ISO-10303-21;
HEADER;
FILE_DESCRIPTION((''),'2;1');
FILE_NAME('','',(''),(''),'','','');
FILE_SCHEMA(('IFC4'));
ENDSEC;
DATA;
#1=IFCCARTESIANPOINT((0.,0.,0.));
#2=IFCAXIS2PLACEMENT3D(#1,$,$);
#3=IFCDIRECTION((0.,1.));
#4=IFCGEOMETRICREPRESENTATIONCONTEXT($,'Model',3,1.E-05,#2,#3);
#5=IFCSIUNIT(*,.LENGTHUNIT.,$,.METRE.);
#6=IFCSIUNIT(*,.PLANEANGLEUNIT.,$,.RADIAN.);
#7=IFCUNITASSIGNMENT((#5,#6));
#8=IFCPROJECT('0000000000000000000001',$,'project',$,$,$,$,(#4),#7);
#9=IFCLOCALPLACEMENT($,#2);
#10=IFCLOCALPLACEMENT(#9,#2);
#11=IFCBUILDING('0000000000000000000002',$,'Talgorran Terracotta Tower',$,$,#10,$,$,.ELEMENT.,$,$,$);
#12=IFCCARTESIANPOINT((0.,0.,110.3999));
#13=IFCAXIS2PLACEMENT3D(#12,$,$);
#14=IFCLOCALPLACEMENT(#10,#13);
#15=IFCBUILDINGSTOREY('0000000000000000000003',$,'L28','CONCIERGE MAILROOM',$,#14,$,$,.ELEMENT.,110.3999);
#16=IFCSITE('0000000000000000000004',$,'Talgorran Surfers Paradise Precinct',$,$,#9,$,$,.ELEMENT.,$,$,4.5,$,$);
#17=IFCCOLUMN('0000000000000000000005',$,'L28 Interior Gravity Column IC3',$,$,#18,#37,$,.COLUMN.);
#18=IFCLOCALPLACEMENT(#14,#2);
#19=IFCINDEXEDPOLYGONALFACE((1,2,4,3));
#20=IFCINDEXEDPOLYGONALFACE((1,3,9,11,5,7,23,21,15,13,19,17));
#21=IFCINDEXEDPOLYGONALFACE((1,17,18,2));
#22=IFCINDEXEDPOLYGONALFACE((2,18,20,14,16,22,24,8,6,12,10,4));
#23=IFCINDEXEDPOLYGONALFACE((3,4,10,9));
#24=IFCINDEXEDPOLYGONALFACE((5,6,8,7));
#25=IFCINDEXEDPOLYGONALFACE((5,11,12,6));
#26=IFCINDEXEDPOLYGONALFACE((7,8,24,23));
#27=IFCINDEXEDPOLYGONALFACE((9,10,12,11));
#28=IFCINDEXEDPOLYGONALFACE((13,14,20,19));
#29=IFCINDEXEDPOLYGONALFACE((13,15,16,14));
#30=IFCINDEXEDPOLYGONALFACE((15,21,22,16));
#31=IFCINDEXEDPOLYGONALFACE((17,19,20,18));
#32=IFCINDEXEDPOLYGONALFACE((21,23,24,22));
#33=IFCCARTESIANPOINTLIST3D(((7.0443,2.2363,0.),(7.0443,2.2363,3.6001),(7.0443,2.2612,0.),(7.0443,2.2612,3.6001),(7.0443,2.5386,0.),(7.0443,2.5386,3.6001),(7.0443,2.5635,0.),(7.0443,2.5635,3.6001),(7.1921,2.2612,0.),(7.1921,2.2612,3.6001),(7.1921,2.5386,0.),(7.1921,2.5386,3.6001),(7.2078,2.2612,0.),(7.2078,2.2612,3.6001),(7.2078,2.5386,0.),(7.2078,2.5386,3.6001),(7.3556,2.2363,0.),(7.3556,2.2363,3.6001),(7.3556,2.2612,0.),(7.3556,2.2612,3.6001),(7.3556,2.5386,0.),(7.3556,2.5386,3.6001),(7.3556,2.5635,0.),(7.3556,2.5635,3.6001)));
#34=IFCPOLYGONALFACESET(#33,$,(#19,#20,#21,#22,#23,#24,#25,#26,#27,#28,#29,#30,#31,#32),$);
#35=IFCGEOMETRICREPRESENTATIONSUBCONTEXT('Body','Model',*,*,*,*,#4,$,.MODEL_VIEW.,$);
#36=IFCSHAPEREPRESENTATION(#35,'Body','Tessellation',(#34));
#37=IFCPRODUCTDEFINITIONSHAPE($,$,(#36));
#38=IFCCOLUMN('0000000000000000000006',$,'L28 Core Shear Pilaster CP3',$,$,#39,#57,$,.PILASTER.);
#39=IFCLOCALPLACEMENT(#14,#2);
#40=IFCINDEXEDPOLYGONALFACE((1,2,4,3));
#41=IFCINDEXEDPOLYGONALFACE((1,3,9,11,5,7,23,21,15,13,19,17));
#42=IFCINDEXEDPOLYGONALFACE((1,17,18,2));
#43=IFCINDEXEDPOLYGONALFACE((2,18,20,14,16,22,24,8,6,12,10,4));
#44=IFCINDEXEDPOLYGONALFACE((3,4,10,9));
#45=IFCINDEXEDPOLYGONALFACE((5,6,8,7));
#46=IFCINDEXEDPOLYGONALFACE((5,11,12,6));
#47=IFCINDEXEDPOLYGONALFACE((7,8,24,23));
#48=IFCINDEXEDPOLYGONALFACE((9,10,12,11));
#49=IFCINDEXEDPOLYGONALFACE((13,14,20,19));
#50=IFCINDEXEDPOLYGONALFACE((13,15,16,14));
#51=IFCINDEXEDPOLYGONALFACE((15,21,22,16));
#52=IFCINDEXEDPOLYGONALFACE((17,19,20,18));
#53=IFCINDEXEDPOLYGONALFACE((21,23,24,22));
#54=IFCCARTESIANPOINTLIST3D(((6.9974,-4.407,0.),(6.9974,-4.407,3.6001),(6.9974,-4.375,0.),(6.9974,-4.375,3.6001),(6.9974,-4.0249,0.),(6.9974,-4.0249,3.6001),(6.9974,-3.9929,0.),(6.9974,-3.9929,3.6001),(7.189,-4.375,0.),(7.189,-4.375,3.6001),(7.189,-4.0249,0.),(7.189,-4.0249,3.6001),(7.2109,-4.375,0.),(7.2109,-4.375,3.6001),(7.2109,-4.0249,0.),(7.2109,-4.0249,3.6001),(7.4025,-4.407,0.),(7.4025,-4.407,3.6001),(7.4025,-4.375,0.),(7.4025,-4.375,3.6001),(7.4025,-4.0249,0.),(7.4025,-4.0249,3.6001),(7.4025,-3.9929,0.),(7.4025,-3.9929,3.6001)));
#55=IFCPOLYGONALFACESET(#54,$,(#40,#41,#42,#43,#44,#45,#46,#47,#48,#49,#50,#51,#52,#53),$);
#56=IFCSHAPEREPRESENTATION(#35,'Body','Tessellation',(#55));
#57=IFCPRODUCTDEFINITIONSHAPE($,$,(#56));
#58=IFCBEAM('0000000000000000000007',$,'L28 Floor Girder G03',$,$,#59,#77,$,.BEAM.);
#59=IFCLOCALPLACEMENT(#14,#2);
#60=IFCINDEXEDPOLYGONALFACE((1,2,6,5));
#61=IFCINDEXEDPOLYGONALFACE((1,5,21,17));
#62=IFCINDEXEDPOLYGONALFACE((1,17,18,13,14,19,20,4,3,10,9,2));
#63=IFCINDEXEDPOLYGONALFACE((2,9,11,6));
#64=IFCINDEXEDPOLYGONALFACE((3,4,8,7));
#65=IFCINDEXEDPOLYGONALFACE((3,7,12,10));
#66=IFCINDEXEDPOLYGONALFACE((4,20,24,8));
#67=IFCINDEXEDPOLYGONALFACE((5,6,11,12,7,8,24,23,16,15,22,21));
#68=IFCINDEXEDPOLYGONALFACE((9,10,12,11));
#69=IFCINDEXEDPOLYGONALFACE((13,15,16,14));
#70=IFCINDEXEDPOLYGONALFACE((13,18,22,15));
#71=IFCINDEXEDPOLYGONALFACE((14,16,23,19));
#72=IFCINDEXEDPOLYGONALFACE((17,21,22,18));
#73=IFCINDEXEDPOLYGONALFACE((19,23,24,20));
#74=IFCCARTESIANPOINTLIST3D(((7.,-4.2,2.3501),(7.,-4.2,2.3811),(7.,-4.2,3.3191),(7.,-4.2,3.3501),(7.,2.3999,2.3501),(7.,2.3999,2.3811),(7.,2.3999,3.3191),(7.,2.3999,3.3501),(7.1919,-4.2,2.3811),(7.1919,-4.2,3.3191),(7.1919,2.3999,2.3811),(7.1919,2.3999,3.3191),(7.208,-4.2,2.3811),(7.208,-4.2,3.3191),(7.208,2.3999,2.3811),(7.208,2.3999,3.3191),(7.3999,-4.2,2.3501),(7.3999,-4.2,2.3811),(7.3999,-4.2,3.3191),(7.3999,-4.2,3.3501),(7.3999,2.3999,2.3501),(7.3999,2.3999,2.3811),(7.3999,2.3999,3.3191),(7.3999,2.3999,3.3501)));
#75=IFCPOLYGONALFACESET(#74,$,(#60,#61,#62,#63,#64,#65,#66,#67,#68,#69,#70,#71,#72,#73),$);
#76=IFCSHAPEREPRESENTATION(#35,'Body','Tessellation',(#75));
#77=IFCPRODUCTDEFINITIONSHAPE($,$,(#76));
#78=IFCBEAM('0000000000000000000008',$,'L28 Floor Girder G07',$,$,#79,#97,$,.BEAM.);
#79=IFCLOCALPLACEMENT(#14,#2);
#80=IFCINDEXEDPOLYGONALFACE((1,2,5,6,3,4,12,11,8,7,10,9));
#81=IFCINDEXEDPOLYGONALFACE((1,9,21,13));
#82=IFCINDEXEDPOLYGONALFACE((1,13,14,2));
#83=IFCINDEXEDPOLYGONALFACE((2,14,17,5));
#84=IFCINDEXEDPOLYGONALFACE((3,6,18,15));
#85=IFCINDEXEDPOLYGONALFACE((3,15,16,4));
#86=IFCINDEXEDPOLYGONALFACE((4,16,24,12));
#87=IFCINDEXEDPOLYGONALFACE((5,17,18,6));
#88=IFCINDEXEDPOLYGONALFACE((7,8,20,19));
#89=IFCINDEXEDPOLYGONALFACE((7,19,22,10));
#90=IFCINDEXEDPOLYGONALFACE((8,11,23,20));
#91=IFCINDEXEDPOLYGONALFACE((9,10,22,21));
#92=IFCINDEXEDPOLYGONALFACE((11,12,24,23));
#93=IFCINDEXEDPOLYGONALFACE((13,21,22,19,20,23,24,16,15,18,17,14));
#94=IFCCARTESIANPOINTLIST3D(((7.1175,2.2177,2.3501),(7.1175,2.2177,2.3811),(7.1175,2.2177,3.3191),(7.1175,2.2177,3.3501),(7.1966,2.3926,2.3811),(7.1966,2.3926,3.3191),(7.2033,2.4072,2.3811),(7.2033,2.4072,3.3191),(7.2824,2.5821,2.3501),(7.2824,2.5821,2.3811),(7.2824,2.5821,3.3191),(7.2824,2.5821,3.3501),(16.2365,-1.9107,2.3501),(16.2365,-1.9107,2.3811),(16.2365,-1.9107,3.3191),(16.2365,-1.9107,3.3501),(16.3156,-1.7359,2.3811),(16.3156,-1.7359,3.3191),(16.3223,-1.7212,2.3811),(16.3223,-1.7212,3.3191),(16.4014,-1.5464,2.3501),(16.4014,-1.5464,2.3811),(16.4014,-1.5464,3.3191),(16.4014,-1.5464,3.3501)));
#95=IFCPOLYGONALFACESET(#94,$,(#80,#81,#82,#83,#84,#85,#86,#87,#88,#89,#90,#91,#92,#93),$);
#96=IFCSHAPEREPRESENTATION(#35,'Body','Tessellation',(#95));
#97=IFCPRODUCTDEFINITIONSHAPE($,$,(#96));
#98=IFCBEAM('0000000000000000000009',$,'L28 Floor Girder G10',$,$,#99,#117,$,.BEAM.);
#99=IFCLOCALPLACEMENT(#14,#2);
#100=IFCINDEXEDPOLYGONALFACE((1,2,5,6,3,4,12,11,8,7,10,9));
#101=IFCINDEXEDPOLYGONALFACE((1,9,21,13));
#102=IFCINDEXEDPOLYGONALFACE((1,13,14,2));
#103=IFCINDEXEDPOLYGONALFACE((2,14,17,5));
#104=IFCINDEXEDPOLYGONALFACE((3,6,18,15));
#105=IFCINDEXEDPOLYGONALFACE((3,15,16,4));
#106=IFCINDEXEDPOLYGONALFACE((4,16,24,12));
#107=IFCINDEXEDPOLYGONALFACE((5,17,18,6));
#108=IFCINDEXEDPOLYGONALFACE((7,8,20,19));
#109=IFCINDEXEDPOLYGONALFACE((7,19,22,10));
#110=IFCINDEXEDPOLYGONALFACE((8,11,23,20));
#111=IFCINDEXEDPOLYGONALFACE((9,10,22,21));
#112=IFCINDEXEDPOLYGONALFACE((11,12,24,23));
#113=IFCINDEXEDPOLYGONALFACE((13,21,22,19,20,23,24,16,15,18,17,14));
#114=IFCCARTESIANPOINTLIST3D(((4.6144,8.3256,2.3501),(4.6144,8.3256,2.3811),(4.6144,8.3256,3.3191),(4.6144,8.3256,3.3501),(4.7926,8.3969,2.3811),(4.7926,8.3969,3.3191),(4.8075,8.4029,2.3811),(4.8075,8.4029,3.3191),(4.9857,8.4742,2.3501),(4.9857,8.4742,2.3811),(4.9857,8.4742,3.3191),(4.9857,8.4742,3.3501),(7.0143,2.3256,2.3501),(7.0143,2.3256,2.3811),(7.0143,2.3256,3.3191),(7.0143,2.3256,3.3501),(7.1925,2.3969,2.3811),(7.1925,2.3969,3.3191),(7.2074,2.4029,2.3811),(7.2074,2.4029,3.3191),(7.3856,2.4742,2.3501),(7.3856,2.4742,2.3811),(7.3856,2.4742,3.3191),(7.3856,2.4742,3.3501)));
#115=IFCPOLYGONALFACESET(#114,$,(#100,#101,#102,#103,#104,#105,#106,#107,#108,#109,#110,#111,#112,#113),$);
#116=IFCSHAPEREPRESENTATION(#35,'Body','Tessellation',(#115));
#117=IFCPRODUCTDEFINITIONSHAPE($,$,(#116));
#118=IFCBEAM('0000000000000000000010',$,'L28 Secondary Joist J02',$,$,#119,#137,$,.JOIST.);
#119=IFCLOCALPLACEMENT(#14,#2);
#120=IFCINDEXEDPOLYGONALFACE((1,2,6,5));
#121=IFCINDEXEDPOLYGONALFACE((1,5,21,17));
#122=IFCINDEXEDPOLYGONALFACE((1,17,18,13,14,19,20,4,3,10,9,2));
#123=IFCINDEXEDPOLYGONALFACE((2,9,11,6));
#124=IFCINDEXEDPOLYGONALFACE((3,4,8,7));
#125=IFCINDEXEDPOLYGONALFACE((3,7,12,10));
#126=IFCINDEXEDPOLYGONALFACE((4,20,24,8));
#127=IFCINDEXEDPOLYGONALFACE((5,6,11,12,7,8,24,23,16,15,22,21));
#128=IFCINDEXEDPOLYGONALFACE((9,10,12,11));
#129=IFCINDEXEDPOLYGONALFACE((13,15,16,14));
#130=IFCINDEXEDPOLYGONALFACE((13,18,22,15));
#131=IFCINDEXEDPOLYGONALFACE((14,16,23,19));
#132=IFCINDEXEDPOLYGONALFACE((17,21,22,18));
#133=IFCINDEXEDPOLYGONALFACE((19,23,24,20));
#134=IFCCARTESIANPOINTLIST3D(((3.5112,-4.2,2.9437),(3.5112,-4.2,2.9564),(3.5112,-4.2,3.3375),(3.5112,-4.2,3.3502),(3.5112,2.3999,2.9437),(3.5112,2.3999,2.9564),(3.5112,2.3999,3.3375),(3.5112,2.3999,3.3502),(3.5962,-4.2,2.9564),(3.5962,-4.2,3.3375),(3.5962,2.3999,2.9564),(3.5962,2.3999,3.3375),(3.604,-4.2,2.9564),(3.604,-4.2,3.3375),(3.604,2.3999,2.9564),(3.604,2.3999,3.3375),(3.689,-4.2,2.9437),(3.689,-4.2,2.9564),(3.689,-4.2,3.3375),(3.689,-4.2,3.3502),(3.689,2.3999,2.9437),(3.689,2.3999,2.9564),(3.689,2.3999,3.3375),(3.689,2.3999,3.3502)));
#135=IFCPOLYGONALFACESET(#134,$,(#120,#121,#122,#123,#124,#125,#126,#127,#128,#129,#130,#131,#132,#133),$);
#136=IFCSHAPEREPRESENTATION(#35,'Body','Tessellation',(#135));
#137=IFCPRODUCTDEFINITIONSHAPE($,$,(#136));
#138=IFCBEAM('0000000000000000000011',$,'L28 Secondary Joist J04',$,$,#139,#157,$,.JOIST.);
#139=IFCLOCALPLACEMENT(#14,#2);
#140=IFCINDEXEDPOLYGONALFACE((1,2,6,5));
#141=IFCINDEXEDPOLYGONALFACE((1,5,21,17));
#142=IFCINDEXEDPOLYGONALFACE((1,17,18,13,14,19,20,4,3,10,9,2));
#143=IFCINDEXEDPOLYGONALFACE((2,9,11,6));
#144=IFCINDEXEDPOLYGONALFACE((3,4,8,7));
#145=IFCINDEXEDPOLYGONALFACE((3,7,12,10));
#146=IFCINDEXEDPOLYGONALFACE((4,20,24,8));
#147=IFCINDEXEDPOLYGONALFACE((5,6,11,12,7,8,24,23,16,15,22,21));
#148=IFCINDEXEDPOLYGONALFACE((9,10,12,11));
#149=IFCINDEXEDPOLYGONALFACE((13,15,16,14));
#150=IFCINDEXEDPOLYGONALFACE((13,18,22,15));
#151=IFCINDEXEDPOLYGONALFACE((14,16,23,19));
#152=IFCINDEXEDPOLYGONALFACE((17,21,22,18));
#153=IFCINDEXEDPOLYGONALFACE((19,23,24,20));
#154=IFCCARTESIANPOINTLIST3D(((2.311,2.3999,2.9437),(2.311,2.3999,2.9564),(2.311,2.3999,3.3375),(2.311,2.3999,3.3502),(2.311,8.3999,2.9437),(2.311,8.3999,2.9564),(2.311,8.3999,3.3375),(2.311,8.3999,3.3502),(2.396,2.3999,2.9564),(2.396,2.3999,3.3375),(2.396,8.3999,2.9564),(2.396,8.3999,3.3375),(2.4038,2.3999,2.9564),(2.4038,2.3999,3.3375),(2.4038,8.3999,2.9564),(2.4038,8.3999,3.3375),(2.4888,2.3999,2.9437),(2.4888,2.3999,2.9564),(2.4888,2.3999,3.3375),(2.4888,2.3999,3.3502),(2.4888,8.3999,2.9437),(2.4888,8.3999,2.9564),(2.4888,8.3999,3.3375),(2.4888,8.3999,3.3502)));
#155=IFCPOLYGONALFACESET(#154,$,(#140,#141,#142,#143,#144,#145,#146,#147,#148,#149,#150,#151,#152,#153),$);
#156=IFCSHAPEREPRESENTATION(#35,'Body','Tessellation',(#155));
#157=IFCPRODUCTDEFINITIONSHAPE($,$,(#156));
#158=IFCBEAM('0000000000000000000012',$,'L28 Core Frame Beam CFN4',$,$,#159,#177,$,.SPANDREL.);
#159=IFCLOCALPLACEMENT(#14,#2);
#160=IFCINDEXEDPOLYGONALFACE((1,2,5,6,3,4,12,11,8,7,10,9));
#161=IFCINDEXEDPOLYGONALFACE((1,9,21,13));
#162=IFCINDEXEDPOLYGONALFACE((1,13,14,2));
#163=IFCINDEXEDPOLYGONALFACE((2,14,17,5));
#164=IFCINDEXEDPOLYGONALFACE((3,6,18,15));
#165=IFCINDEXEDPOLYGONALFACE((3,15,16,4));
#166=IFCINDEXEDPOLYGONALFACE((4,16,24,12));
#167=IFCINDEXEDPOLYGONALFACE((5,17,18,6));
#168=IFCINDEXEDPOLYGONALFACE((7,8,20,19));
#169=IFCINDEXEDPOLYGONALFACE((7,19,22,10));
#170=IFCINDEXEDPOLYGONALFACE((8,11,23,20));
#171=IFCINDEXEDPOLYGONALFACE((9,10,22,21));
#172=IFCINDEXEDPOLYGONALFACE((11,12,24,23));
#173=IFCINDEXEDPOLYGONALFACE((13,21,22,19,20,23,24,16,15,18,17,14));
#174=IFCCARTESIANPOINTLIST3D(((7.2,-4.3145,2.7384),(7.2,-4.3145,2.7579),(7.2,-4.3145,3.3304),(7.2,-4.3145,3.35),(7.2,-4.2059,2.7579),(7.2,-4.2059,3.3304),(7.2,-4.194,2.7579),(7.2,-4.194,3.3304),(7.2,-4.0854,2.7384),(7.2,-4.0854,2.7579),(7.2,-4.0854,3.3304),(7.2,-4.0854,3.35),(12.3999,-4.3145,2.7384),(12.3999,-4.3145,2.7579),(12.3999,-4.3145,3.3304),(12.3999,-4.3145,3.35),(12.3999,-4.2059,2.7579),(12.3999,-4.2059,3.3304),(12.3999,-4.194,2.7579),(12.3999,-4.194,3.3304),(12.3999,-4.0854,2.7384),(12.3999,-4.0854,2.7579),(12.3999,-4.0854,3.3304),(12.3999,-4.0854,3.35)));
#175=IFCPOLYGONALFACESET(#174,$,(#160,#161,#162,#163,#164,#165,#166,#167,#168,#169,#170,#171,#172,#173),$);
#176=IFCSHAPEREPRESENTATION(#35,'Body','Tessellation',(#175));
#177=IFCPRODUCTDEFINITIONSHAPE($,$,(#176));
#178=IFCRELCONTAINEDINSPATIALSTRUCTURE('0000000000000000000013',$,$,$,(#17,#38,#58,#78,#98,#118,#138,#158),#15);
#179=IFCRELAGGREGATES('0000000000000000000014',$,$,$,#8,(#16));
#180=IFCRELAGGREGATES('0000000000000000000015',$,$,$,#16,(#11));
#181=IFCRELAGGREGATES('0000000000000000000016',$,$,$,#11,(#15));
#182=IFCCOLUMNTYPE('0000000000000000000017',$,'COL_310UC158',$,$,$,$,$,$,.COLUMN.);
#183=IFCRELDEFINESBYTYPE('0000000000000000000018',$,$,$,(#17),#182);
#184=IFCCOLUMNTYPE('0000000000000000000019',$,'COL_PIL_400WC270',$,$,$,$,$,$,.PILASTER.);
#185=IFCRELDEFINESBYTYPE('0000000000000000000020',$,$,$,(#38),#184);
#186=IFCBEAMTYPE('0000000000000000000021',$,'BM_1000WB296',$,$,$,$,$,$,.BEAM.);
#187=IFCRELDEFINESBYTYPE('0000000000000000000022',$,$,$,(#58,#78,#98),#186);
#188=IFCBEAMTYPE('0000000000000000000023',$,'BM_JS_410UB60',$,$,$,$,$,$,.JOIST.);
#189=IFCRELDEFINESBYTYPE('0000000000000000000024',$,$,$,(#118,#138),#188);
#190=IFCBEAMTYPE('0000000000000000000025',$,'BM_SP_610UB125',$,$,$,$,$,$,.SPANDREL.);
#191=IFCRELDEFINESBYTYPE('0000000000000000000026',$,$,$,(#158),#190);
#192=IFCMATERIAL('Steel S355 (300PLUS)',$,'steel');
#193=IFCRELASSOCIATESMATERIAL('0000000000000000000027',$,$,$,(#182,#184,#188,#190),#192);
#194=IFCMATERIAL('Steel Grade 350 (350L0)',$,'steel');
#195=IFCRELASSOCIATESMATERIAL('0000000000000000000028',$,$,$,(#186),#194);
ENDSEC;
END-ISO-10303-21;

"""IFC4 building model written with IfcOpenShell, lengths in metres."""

from ifc_helpers import new_model, si_unit, direction, frame, origin, origin_2d, place, context, subcontext, project, spatial, i_section, extrude, material, material_profile, profile_set, type_object, element, save


model = new_model("IFC4")

# Units and contexts
model_context = context("Model", 3, precision=1e-05, world=origin(), true_north=direction((0.0, 1.0)))
body_context = subcontext(model_context, "Body", "Model", "MODEL_VIEW")
ifc_project = project(units=[si_unit("LENGTHUNIT", "METRE"), si_unit("PLANEANGLEUNIT", "RADIAN")], contexts=[model_context])

# Site, building, storey
site_placement = place(None, origin())
site = spatial("IfcSite", under=ifc_project, at=site_placement, Name="Talgorran Surfers Paradise Precinct", CompositionType="ELEMENT", RefElevation=4.5)
building_placement = place(site_placement, origin())
building = spatial("IfcBuilding", under=site, at=building_placement, Name="Talgorran Terracotta Tower", CompositionType="ELEMENT")
storey_placement = place(building_placement, frame((0.0, 0.0, 110.3999)))
storey = spatial("IfcBuildingStorey", under=building, at=storey_placement, Name="L28", Description="CONCIERGE MAILROOM", CompositionType="ELEMENT", Elevation=110.3999)

# Columns
ifc_material_1 = material(Name="Steel S355 (300PLUS)", Category="steel")
ifc_material_profile_1 = material_profile(ifc_material_1, i_section(OverallWidth=0.3113, OverallDepth=0.3271, WebThickness=0.0156, FlangeThickness=0.0249, at=origin_2d()), Name="310UC158")
ifc_profile_set_1 = profile_set([ifc_material_profile_1], Name="Steel S355 (300PLUS)")
column_type_1 = type_object("IfcColumnType", Name="COL_310UC158", PredefinedType="COLUMN", material=ifc_profile_set_1)
column_1_placement = place(storey_placement, frame((7.2, 2.3999, 0.0), z_axis=(0.0, 0.0, 1.0), x_axis=(1.0, 0.0, 0.0)))
element("IfcColumn", 1, at=column_1_placement, inside=storey, type_object=column_type_1, Name="L28 Interior Gravity Column IC3", PredefinedType="COLUMN", context=body_context, shape_type="SweptSolid", body=[
    extrude(i_section(OverallWidth=0.3113, OverallDepth=0.3271, WebThickness=0.0156, FlangeThickness=0.0249, at=origin_2d()), origin(), (0.0, 0.0, 1.0), 3.6001),
])
ifc_material_profile_2 = material_profile(ifc_material_1, i_section(OverallWidth=0.405, OverallDepth=0.4141, WebThickness=0.022, FlangeThickness=0.032, at=origin_2d()), Name="400WC270")
ifc_profile_set_2 = profile_set([ifc_material_profile_2], Name="Steel S355 (300PLUS)")
column_type_2 = type_object("IfcColumnType", Name="COL_PIL_400WC270", PredefinedType="PILASTER", material=ifc_profile_set_2)
column_2_placement = place(storey_placement, frame((7.2, -4.2, 0.0), z_axis=(0.0, 0.0, 1.0), x_axis=(1.0, 0.0, 0.0)))
element("IfcColumn", 2, at=column_2_placement, inside=storey, type_object=column_type_2, Name="L28 Core Shear Pilaster CP3", PredefinedType="PILASTER", context=body_context, shape_type="SweptSolid", body=[
    extrude(i_section(OverallWidth=0.405, OverallDepth=0.4141, WebThickness=0.022, FlangeThickness=0.032, at=origin_2d()), origin(), (0.0, 0.0, 1.0), 3.6001),
])

# Beams
ifc_material_2 = material(Name="Steel Grade 350 (350L0)", Category="steel")
ifc_material_profile_3 = material_profile(ifc_material_2, i_section(OverallWidth=0.3999, OverallDepth=1.0, WebThickness=0.0161, FlangeThickness=0.031, at=origin_2d()), Name="1000WB296")
ifc_profile_set_3 = profile_set([ifc_material_profile_3], Name="Steel Grade 350 (350L0)")
beam_type_1 = type_object("IfcBeamType", Name="BM_1000WB296", PredefinedType="BEAM", material=ifc_profile_set_3)
beam_1_placement = place(storey_placement, frame((7.2, -4.2, 2.8501), z_axis=(0.0, 1.0, 0.0), x_axis=(-1.0, 0.0, 0.0)))
element("IfcBeam", 3, at=beam_1_placement, inside=storey, type_object=beam_type_1, Name="L28 Floor Girder G03", PredefinedType="BEAM", context=body_context, shape_type="SweptSolid", body=[
    extrude(i_section(OverallWidth=0.3999, OverallDepth=1.0, WebThickness=0.0161, FlangeThickness=0.031, at=origin_2d()), origin(), (0.0, 0.0, 1.0), 6.5999),
])
beam_2_placement = place(storey_placement, frame((7.2, 2.3999, 2.8501), z_axis=(0.910988, -0.412433, 0.0), x_axis=(0.412433, 0.910988, 0.0)))
element("IfcBeam", 4, at=beam_2_placement, inside=storey, type_object=beam_type_1, Name="L28 Floor Girder G07", PredefinedType="BEAM", context=body_context, shape_type="SweptSolid", body=[
    extrude(i_section(OverallWidth=0.3999, OverallDepth=1.0, WebThickness=0.0161, FlangeThickness=0.031, at=origin_2d()), origin(), (0.0, 0.0, 1.0), 10.01),
])
beam_3_placement = place(storey_placement, frame((7.2, 2.3999, 2.8501), z_axis=(-0.371378, 0.928482, 0.0), x_axis=(-0.928482, -0.371378, 0.0)))
element("IfcBeam", 5, at=beam_3_placement, inside=storey, type_object=beam_type_1, Name="L28 Floor Girder G10", PredefinedType="BEAM", context=body_context, shape_type="SweptSolid", body=[
    extrude(i_section(OverallWidth=0.3999, OverallDepth=1.0, WebThickness=0.0161, FlangeThickness=0.031, at=origin_2d()), origin(), (0.0, 0.0, 1.0), 6.4622),
])
ifc_material_profile_4 = material_profile(ifc_material_1, i_section(OverallWidth=0.1777, OverallDepth=0.4065, WebThickness=0.0078, FlangeThickness=0.0127, at=origin_2d()), Name="410UB59.7")
ifc_profile_set_4 = profile_set([ifc_material_profile_4], Name="Steel S355 (300PLUS)")
beam_type_2 = type_object("IfcBeamType", Name="BM_JS_410UB60", PredefinedType="JOIST", material=ifc_profile_set_4)
beam_4_placement = place(storey_placement, frame((3.6001, -4.2, 3.147), z_axis=(0.0, 1.0, 0.0), x_axis=(-1.0, 0.0, 0.0)))
element("IfcBeam", 6, at=beam_4_placement, inside=storey, type_object=beam_type_2, Name="L28 Secondary Joist J02", PredefinedType="JOIST", context=body_context, shape_type="SweptSolid", body=[
    extrude(i_section(OverallWidth=0.1777, OverallDepth=0.4065, WebThickness=0.0078, FlangeThickness=0.0127, at=origin_2d()), origin(), (0.0, 0.0, 1.0), 6.5999),
])
beam_5_placement = place(storey_placement, frame((2.3999, 2.3999, 3.147), z_axis=(0.0, 1.0, 0.0), x_axis=(-1.0, 0.0, 0.0)))
element("IfcBeam", 7, at=beam_5_placement, inside=storey, type_object=beam_type_2, Name="L28 Secondary Joist J04", PredefinedType="JOIST", context=body_context, shape_type="SweptSolid", body=[
    extrude(i_section(OverallWidth=0.1777, OverallDepth=0.4065, WebThickness=0.0078, FlangeThickness=0.0127, at=origin_2d()), origin(), (0.0, 0.0, 1.0), 6.0),
])
ifc_material_profile_5 = material_profile(ifc_material_1, i_section(OverallWidth=0.229, OverallDepth=0.6116, WebThickness=0.012, FlangeThickness=0.0195, at=origin_2d()), Name="610UB125")
ifc_profile_set_5 = profile_set([ifc_material_profile_5], Name="Steel S355 (300PLUS)")
beam_type_3 = type_object("IfcBeamType", Name="BM_SP_610UB125", PredefinedType="SPANDREL", material=ifc_profile_set_5)
beam_6_placement = place(storey_placement, frame((7.2, -4.2, 3.0442), z_axis=(1.0, 0.0, 0.0), x_axis=(0.0, 1.0, 0.0)))
element("IfcBeam", 8, at=beam_6_placement, inside=storey, type_object=beam_type_3, Name="L28 Core Frame Beam CFN4", PredefinedType="SPANDREL", context=body_context, shape_type="SweptSolid", body=[
    extrude(i_section(OverallWidth=0.229, OverallDepth=0.6116, WebThickness=0.012, FlangeThickness=0.0195, at=origin_2d()), origin(), (0.0, 0.0, 1.0), 5.2),
])

save(model, "model.ifc")
